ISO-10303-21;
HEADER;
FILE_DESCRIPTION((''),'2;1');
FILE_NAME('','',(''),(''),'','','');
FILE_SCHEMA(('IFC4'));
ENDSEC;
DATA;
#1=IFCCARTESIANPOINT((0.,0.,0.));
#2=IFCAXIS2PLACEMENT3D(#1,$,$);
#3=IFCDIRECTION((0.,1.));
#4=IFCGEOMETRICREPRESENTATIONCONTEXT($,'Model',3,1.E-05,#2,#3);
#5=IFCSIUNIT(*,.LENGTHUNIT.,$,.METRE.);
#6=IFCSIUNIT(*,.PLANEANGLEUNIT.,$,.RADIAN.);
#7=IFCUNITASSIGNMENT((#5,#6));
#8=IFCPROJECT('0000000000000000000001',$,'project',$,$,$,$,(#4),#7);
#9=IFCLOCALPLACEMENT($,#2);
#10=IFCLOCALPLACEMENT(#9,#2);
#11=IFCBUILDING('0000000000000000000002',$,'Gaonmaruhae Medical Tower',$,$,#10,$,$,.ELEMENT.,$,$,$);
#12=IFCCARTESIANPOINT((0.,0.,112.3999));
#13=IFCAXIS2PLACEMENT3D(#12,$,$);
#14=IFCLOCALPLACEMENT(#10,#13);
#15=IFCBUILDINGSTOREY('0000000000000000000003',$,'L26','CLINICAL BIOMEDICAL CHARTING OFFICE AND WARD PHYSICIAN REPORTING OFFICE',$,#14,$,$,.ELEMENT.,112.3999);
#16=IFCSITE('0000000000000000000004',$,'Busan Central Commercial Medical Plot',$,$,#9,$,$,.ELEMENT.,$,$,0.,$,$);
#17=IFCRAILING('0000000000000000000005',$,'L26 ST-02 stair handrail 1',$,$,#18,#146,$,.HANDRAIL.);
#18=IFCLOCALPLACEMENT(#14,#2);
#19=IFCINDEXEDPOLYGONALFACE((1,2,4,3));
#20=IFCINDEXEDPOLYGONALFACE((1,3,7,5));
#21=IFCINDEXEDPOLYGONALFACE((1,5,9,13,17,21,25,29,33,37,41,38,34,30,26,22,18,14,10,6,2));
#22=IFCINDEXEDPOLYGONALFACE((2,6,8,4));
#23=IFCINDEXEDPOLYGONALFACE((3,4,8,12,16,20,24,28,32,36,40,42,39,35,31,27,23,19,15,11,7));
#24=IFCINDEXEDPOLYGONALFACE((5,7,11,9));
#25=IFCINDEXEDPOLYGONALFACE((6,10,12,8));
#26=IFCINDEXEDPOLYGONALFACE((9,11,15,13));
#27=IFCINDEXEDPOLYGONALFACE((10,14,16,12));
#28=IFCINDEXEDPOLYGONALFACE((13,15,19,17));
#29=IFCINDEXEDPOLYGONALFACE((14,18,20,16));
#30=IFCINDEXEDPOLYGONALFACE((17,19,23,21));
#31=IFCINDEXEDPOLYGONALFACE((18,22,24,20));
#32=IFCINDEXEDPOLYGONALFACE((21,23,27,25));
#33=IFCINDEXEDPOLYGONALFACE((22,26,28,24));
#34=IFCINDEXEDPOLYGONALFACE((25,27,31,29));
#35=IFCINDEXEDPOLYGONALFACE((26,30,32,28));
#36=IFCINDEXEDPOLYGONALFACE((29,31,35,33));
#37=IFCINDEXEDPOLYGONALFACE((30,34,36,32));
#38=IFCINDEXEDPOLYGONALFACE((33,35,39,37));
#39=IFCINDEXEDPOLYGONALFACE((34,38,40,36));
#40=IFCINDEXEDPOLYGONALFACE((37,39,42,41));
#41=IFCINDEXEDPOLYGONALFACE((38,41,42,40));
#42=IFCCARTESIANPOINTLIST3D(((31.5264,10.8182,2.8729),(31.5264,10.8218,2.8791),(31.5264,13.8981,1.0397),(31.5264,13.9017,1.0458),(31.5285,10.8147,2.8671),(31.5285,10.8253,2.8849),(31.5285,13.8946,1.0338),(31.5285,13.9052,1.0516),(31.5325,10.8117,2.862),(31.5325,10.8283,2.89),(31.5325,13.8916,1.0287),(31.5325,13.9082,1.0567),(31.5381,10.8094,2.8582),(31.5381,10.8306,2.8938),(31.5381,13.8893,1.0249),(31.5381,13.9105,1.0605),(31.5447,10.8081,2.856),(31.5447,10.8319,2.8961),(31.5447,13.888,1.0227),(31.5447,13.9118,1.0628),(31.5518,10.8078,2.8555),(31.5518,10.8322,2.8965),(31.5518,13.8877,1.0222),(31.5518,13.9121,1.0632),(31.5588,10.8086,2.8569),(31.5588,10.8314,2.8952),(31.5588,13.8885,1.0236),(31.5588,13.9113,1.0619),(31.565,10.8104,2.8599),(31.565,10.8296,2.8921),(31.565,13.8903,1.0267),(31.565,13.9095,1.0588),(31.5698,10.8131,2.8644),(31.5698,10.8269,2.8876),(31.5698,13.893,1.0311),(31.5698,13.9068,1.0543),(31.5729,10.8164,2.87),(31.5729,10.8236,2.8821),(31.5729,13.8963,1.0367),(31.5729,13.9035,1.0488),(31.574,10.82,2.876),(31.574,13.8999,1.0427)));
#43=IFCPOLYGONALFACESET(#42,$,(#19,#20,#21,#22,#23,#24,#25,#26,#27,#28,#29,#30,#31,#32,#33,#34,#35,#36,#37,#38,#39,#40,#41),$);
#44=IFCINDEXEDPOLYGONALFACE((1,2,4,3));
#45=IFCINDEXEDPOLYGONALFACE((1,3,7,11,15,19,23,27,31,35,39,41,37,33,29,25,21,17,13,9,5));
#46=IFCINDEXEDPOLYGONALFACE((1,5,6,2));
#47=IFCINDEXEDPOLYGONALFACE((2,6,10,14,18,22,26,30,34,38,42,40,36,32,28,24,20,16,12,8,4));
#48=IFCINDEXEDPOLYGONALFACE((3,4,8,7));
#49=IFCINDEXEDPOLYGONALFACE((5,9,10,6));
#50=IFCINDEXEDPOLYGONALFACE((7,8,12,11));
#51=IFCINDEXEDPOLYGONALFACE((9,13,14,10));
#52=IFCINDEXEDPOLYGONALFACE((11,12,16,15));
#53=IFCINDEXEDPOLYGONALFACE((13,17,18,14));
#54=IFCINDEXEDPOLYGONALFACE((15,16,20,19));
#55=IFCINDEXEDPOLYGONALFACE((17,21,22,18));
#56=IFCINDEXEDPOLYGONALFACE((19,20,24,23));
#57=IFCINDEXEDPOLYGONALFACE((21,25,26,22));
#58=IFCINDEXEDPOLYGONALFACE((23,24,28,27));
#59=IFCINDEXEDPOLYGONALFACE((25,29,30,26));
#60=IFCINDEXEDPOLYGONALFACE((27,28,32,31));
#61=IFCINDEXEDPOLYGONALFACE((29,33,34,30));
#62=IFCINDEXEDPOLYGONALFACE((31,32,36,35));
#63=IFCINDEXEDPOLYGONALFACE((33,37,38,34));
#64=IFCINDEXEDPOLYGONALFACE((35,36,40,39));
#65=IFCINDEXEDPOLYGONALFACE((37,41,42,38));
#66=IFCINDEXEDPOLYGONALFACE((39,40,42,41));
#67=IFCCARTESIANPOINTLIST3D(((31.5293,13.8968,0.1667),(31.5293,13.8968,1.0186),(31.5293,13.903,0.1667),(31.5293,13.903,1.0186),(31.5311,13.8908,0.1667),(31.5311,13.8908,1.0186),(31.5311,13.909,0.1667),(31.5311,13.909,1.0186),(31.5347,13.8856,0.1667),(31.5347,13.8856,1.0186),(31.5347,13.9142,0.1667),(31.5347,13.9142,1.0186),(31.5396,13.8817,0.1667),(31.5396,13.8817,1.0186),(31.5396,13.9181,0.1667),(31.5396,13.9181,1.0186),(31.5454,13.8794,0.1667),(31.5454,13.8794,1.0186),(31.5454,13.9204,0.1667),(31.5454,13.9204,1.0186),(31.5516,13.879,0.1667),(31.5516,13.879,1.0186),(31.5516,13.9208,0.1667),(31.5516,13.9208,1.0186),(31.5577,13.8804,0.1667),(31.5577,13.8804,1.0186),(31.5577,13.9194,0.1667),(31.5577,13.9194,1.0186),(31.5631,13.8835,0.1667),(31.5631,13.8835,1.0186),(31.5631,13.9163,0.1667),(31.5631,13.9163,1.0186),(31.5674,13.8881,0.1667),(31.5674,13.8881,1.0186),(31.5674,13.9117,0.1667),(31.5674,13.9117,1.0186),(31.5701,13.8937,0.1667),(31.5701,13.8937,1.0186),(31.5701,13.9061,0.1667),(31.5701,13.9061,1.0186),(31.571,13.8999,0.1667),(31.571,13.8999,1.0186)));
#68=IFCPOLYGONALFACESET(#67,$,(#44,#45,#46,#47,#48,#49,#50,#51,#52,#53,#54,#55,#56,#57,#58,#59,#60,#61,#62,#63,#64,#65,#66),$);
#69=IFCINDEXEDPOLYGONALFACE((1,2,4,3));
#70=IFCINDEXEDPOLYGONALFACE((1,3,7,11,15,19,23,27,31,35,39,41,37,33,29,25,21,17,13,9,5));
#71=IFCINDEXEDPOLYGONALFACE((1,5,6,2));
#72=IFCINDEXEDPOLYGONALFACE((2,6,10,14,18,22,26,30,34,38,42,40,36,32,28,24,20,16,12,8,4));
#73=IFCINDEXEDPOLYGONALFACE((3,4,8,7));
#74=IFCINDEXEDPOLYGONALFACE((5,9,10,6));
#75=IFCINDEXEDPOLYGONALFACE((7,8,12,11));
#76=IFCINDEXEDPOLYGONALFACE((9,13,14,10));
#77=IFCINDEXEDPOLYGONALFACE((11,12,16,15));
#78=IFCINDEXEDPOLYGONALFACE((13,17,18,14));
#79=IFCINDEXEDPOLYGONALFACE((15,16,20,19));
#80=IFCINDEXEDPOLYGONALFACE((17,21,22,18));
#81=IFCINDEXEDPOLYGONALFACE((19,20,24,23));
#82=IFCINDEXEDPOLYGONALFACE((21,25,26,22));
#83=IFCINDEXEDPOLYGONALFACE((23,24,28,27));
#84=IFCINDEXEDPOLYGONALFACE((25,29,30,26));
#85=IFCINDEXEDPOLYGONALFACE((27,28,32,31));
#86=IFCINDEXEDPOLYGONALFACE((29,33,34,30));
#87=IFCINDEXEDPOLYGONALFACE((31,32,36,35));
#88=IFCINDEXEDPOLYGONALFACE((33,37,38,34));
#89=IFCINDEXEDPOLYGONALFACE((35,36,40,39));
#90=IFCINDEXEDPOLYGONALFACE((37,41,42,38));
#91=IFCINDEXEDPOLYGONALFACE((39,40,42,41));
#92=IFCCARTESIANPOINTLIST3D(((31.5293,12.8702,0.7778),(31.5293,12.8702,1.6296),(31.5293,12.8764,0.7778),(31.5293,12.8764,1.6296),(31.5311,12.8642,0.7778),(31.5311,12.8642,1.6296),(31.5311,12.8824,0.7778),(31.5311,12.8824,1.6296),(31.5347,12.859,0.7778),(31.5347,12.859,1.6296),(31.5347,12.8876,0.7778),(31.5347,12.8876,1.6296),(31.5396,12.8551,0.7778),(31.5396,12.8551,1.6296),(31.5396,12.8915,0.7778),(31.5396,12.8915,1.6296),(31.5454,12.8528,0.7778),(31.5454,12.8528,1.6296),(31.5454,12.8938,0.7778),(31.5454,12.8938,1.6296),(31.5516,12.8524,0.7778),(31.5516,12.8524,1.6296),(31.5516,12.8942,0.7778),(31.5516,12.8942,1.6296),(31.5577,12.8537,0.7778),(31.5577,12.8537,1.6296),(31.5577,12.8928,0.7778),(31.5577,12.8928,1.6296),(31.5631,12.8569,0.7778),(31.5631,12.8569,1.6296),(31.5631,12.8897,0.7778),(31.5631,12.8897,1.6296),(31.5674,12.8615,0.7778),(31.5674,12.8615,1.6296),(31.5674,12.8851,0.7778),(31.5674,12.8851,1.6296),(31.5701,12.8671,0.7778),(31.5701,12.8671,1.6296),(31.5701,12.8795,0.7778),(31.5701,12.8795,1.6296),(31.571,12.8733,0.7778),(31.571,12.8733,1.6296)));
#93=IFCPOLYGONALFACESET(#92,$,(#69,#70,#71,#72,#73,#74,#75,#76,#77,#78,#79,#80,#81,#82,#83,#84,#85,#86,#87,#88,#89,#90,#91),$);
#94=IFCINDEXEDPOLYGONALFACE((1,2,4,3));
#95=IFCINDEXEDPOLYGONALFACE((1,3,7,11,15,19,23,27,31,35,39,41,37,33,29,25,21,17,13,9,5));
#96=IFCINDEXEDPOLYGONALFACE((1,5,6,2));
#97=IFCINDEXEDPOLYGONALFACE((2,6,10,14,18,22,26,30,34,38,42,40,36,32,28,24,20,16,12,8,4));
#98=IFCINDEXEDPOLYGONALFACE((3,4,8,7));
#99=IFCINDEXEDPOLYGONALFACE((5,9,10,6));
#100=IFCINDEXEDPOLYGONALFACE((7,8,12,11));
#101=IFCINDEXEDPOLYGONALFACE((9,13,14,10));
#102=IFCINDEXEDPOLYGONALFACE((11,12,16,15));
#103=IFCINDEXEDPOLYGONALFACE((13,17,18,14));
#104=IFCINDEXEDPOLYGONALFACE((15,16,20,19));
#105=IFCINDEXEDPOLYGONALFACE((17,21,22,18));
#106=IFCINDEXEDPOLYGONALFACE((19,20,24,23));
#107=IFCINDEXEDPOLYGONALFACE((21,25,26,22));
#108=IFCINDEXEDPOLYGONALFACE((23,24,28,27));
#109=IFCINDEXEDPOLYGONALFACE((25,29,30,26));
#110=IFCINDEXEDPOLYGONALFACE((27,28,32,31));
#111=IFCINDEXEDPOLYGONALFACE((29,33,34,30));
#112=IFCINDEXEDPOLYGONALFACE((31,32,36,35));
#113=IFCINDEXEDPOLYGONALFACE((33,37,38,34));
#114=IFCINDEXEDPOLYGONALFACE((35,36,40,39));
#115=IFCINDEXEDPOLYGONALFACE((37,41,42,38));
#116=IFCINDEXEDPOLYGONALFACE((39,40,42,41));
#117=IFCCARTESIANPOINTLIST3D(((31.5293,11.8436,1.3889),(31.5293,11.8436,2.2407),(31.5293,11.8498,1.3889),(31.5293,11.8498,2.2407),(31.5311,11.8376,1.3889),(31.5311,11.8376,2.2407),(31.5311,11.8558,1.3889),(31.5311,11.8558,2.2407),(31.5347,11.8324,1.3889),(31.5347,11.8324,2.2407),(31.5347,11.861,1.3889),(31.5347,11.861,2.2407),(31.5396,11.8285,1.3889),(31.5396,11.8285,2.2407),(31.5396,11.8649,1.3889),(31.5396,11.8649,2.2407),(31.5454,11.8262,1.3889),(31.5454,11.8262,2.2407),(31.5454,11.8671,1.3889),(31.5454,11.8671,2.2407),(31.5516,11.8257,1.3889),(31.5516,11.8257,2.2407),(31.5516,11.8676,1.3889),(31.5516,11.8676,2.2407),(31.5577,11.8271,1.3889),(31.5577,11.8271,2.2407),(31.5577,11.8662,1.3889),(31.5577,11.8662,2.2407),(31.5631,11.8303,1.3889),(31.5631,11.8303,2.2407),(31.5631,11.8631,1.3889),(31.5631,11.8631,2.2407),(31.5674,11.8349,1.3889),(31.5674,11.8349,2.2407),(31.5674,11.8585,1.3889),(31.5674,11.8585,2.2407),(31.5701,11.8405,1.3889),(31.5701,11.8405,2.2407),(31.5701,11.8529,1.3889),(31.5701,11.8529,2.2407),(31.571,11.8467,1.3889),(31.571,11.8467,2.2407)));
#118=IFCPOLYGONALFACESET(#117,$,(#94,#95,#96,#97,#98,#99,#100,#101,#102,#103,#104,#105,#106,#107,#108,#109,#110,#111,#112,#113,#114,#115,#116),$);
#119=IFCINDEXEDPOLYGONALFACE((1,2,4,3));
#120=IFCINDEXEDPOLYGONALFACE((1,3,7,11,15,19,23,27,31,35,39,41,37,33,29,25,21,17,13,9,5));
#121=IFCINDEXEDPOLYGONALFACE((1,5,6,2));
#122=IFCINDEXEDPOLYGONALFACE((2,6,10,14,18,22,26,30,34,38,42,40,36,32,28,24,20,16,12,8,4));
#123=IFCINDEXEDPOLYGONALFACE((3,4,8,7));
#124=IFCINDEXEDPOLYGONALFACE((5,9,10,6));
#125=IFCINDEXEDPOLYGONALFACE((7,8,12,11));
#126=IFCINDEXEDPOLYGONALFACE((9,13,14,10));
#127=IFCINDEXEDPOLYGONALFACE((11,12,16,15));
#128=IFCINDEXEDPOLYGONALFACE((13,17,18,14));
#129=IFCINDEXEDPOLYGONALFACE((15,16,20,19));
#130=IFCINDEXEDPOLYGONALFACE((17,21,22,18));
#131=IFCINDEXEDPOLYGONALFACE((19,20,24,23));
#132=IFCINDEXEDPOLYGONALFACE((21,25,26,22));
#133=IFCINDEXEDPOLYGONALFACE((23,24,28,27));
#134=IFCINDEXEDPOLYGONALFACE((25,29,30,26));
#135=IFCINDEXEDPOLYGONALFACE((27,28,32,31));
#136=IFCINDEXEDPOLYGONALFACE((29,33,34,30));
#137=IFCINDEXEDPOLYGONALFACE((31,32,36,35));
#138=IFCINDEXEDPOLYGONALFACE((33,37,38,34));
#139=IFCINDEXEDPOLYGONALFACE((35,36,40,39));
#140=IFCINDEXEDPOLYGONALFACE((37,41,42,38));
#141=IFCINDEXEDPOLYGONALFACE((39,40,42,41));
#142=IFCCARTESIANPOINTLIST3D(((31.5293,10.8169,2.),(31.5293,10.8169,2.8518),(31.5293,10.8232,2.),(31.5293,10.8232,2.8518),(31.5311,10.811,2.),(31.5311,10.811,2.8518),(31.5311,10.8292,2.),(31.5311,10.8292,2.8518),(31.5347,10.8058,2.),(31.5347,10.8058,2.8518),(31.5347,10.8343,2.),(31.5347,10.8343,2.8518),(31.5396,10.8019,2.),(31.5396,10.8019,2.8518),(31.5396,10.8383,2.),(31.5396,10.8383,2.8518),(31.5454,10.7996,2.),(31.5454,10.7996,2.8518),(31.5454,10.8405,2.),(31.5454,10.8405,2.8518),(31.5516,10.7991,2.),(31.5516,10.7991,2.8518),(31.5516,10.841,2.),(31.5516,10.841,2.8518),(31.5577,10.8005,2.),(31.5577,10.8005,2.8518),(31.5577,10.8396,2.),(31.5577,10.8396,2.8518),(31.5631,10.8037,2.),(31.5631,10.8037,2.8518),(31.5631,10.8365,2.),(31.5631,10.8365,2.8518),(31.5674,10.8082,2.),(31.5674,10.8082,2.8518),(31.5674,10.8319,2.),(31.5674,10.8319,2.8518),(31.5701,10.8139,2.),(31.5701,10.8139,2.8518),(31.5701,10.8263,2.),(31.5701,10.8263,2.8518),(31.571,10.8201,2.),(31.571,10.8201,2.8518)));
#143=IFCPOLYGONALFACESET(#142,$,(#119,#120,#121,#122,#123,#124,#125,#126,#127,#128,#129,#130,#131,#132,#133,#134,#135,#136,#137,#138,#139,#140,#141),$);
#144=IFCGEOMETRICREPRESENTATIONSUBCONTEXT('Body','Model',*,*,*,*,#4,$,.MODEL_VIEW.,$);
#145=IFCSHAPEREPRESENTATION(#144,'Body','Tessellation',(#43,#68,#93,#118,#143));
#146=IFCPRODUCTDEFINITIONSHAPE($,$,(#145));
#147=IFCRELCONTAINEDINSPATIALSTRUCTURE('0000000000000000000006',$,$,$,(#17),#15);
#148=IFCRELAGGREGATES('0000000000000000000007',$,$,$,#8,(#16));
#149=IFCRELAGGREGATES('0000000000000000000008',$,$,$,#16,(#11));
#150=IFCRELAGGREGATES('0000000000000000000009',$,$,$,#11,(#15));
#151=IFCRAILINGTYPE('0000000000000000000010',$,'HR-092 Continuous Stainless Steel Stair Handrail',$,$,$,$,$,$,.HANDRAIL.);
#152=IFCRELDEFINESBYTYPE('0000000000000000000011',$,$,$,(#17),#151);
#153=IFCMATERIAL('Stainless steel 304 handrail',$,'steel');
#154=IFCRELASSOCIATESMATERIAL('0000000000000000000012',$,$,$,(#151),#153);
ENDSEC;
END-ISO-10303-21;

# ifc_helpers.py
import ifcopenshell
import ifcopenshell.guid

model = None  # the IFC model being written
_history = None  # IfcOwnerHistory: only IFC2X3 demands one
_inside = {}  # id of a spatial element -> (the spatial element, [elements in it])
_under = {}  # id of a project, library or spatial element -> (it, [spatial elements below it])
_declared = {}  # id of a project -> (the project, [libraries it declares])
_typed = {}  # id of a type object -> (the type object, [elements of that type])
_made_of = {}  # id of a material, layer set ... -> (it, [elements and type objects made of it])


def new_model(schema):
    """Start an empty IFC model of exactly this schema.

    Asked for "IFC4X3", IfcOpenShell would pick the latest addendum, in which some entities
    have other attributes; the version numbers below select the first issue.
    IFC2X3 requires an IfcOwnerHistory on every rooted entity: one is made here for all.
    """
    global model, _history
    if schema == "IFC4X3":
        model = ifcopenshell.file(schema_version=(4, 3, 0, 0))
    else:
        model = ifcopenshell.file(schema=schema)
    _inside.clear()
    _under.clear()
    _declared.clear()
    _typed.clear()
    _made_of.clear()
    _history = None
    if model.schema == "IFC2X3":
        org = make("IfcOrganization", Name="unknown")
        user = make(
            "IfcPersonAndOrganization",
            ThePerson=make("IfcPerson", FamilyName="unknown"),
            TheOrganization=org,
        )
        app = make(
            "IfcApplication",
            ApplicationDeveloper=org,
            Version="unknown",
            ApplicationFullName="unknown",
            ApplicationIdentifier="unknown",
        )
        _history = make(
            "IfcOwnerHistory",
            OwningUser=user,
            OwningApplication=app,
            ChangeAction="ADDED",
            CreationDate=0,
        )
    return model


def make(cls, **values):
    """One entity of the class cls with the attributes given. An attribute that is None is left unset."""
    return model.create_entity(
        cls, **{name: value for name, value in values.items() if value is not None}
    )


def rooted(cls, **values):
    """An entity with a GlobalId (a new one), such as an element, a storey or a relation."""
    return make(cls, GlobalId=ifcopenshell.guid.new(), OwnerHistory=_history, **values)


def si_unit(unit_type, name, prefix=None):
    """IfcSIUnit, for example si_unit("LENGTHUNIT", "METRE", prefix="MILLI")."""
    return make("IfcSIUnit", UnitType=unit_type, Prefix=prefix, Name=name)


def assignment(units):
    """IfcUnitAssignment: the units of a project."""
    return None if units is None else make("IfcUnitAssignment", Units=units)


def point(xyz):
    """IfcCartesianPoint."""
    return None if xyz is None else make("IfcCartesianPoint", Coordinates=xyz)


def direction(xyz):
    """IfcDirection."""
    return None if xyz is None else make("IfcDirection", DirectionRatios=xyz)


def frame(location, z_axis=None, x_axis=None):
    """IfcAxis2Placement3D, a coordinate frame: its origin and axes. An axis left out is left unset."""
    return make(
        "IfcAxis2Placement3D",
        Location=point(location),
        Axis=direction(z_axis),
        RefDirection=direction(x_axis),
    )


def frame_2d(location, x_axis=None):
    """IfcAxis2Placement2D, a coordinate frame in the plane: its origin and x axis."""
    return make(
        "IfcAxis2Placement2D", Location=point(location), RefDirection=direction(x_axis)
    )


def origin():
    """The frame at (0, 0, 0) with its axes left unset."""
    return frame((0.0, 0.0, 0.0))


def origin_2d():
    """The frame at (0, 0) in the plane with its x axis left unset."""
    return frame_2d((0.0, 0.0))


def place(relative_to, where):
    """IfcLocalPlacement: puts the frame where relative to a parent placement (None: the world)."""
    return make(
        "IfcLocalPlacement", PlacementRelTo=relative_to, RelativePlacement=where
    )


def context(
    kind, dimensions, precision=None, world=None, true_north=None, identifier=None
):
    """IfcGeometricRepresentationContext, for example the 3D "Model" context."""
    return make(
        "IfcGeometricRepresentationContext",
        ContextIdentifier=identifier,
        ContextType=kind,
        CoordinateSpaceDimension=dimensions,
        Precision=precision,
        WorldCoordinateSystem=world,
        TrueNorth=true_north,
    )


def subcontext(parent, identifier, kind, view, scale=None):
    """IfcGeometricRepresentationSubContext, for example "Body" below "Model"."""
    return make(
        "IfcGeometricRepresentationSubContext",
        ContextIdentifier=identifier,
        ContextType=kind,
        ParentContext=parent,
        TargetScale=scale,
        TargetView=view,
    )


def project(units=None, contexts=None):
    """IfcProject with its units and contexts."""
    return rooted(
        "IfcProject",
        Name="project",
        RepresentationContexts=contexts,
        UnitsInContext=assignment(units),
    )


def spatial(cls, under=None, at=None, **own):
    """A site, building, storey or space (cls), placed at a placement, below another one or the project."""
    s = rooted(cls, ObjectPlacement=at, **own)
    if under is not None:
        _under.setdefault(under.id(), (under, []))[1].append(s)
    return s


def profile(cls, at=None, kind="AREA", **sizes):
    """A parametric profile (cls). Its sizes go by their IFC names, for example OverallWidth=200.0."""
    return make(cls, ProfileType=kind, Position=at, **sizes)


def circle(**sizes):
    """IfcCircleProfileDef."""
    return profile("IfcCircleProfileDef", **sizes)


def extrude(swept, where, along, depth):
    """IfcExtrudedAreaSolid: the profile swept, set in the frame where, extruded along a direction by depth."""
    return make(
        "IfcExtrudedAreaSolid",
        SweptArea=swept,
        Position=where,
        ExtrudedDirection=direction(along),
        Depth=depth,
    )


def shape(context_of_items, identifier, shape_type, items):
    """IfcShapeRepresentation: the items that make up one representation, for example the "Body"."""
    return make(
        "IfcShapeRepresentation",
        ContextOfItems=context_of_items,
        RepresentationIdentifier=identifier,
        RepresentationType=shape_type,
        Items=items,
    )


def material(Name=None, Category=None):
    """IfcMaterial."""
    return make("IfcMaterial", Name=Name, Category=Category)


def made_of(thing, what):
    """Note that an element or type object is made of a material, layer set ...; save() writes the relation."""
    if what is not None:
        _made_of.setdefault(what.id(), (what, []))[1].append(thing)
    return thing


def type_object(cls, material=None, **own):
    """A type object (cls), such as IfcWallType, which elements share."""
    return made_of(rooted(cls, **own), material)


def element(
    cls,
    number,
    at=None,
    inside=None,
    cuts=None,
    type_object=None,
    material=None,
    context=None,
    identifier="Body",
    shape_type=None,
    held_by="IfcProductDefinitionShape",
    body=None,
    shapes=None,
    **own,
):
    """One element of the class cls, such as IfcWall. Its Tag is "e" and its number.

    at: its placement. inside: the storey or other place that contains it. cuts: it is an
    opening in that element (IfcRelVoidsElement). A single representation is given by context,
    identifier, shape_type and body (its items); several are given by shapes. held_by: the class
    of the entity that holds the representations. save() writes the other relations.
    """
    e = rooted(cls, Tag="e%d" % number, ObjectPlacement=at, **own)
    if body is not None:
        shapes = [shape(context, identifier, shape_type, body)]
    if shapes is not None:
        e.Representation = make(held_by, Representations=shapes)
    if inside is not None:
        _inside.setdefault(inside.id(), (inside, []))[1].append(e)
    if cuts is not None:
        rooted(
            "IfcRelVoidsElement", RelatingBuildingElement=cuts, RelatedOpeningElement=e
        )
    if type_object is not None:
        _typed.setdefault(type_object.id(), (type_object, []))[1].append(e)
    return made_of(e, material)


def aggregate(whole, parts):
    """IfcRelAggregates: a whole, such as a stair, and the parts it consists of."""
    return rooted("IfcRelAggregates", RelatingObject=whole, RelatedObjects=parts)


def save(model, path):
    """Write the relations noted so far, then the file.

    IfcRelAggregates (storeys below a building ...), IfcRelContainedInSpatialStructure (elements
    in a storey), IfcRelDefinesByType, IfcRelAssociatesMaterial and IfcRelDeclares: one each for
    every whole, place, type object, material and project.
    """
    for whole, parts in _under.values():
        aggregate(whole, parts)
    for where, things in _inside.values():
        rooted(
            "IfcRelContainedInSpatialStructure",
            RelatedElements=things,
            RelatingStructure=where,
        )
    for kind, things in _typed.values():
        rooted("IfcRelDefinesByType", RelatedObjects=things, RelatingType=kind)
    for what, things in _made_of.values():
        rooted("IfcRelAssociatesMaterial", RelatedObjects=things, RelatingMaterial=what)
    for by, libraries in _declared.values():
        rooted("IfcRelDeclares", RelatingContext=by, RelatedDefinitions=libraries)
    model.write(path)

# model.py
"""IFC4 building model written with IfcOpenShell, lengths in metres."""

from ifc_helpers import new_model, si_unit, direction, frame, origin, origin_2d, place, context, subcontext, project, spatial, circle, extrude, material, type_object, element, save


model = new_model("IFC4")

# Units and contexts
model_context = context("Model", 3, precision=1e-05, world=origin(), true_north=direction((0.0, 1.0)))
body_context = subcontext(model_context, "Body", "Model", "MODEL_VIEW")
ifc_project = project(units=[si_unit("LENGTHUNIT", "METRE"), si_unit("PLANEANGLEUNIT", "RADIAN")], contexts=[model_context])

# Site, building, storey
site_placement = place(None, origin())
site = spatial("IfcSite", under=ifc_project, at=site_placement, Name="Busan Central Commercial Medical Plot", CompositionType="ELEMENT", RefElevation=0.0)
building_placement = place(site_placement, origin())
building = spatial("IfcBuilding", under=site, at=building_placement, Name="Gaonmaruhae Medical Tower", CompositionType="ELEMENT")
storey_placement = place(building_placement, frame((0.0, 0.0, 112.3999)))
storey = spatial("IfcBuildingStorey", under=building, at=storey_placement, Name="L26", Description="CLINICAL BIOMEDICAL CHARTING OFFICE AND WARD PHYSICIAN REPORTING OFFICE", CompositionType="ELEMENT", Elevation=112.3999)

# Railing
ifc_material_1 = material(Name="Stainless steel 304 handrail", Category="steel")
railing_type_1 = type_object("IfcRailingType", Name="HR-092 Continuous Stainless Steel Stair Handrail", PredefinedType="HANDRAIL", material=ifc_material_1)
railing_1_placement = place(storey_placement, frame((31.55, 13.8999, 0.1667)))
element("IfcRailing", 1, at=railing_1_placement, inside=storey, type_object=railing_type_1, Name="L26 ST-02 stair handrail 1", PredefinedType="HANDRAIL", context=body_context, shape_type="SweptSolid", body=[
    extrude(circle(Radius=0.0239, at=origin_2d()), frame((0.0, 0.0, 0.876), z_axis=(0.0, -0.859291, 0.511487), x_axis=(1.0, 0.0, 0.0)), (0.0, 0.0, 1.0), 3.5842),
    extrude(circle(Radius=0.021, at=origin_2d()), origin(), (0.0, 0.0, 1.0), 0.8518),
    extrude(circle(Radius=0.021, at=origin_2d()), frame((0.0, -1.0266, 0.6111)), (0.0, 0.0, 1.0), 0.8518),
    extrude(circle(Radius=0.021, at=origin_2d()), frame((0.0, -2.0532, 1.2222)), (0.0, 0.0, 1.0), 0.8518),
    extrude(circle(Radius=0.021, at=origin_2d()), frame((0.0, -3.0798, 1.8333)), (0.0, 0.0, 1.0), 0.8518),
])

save(model, "model.ifc")
